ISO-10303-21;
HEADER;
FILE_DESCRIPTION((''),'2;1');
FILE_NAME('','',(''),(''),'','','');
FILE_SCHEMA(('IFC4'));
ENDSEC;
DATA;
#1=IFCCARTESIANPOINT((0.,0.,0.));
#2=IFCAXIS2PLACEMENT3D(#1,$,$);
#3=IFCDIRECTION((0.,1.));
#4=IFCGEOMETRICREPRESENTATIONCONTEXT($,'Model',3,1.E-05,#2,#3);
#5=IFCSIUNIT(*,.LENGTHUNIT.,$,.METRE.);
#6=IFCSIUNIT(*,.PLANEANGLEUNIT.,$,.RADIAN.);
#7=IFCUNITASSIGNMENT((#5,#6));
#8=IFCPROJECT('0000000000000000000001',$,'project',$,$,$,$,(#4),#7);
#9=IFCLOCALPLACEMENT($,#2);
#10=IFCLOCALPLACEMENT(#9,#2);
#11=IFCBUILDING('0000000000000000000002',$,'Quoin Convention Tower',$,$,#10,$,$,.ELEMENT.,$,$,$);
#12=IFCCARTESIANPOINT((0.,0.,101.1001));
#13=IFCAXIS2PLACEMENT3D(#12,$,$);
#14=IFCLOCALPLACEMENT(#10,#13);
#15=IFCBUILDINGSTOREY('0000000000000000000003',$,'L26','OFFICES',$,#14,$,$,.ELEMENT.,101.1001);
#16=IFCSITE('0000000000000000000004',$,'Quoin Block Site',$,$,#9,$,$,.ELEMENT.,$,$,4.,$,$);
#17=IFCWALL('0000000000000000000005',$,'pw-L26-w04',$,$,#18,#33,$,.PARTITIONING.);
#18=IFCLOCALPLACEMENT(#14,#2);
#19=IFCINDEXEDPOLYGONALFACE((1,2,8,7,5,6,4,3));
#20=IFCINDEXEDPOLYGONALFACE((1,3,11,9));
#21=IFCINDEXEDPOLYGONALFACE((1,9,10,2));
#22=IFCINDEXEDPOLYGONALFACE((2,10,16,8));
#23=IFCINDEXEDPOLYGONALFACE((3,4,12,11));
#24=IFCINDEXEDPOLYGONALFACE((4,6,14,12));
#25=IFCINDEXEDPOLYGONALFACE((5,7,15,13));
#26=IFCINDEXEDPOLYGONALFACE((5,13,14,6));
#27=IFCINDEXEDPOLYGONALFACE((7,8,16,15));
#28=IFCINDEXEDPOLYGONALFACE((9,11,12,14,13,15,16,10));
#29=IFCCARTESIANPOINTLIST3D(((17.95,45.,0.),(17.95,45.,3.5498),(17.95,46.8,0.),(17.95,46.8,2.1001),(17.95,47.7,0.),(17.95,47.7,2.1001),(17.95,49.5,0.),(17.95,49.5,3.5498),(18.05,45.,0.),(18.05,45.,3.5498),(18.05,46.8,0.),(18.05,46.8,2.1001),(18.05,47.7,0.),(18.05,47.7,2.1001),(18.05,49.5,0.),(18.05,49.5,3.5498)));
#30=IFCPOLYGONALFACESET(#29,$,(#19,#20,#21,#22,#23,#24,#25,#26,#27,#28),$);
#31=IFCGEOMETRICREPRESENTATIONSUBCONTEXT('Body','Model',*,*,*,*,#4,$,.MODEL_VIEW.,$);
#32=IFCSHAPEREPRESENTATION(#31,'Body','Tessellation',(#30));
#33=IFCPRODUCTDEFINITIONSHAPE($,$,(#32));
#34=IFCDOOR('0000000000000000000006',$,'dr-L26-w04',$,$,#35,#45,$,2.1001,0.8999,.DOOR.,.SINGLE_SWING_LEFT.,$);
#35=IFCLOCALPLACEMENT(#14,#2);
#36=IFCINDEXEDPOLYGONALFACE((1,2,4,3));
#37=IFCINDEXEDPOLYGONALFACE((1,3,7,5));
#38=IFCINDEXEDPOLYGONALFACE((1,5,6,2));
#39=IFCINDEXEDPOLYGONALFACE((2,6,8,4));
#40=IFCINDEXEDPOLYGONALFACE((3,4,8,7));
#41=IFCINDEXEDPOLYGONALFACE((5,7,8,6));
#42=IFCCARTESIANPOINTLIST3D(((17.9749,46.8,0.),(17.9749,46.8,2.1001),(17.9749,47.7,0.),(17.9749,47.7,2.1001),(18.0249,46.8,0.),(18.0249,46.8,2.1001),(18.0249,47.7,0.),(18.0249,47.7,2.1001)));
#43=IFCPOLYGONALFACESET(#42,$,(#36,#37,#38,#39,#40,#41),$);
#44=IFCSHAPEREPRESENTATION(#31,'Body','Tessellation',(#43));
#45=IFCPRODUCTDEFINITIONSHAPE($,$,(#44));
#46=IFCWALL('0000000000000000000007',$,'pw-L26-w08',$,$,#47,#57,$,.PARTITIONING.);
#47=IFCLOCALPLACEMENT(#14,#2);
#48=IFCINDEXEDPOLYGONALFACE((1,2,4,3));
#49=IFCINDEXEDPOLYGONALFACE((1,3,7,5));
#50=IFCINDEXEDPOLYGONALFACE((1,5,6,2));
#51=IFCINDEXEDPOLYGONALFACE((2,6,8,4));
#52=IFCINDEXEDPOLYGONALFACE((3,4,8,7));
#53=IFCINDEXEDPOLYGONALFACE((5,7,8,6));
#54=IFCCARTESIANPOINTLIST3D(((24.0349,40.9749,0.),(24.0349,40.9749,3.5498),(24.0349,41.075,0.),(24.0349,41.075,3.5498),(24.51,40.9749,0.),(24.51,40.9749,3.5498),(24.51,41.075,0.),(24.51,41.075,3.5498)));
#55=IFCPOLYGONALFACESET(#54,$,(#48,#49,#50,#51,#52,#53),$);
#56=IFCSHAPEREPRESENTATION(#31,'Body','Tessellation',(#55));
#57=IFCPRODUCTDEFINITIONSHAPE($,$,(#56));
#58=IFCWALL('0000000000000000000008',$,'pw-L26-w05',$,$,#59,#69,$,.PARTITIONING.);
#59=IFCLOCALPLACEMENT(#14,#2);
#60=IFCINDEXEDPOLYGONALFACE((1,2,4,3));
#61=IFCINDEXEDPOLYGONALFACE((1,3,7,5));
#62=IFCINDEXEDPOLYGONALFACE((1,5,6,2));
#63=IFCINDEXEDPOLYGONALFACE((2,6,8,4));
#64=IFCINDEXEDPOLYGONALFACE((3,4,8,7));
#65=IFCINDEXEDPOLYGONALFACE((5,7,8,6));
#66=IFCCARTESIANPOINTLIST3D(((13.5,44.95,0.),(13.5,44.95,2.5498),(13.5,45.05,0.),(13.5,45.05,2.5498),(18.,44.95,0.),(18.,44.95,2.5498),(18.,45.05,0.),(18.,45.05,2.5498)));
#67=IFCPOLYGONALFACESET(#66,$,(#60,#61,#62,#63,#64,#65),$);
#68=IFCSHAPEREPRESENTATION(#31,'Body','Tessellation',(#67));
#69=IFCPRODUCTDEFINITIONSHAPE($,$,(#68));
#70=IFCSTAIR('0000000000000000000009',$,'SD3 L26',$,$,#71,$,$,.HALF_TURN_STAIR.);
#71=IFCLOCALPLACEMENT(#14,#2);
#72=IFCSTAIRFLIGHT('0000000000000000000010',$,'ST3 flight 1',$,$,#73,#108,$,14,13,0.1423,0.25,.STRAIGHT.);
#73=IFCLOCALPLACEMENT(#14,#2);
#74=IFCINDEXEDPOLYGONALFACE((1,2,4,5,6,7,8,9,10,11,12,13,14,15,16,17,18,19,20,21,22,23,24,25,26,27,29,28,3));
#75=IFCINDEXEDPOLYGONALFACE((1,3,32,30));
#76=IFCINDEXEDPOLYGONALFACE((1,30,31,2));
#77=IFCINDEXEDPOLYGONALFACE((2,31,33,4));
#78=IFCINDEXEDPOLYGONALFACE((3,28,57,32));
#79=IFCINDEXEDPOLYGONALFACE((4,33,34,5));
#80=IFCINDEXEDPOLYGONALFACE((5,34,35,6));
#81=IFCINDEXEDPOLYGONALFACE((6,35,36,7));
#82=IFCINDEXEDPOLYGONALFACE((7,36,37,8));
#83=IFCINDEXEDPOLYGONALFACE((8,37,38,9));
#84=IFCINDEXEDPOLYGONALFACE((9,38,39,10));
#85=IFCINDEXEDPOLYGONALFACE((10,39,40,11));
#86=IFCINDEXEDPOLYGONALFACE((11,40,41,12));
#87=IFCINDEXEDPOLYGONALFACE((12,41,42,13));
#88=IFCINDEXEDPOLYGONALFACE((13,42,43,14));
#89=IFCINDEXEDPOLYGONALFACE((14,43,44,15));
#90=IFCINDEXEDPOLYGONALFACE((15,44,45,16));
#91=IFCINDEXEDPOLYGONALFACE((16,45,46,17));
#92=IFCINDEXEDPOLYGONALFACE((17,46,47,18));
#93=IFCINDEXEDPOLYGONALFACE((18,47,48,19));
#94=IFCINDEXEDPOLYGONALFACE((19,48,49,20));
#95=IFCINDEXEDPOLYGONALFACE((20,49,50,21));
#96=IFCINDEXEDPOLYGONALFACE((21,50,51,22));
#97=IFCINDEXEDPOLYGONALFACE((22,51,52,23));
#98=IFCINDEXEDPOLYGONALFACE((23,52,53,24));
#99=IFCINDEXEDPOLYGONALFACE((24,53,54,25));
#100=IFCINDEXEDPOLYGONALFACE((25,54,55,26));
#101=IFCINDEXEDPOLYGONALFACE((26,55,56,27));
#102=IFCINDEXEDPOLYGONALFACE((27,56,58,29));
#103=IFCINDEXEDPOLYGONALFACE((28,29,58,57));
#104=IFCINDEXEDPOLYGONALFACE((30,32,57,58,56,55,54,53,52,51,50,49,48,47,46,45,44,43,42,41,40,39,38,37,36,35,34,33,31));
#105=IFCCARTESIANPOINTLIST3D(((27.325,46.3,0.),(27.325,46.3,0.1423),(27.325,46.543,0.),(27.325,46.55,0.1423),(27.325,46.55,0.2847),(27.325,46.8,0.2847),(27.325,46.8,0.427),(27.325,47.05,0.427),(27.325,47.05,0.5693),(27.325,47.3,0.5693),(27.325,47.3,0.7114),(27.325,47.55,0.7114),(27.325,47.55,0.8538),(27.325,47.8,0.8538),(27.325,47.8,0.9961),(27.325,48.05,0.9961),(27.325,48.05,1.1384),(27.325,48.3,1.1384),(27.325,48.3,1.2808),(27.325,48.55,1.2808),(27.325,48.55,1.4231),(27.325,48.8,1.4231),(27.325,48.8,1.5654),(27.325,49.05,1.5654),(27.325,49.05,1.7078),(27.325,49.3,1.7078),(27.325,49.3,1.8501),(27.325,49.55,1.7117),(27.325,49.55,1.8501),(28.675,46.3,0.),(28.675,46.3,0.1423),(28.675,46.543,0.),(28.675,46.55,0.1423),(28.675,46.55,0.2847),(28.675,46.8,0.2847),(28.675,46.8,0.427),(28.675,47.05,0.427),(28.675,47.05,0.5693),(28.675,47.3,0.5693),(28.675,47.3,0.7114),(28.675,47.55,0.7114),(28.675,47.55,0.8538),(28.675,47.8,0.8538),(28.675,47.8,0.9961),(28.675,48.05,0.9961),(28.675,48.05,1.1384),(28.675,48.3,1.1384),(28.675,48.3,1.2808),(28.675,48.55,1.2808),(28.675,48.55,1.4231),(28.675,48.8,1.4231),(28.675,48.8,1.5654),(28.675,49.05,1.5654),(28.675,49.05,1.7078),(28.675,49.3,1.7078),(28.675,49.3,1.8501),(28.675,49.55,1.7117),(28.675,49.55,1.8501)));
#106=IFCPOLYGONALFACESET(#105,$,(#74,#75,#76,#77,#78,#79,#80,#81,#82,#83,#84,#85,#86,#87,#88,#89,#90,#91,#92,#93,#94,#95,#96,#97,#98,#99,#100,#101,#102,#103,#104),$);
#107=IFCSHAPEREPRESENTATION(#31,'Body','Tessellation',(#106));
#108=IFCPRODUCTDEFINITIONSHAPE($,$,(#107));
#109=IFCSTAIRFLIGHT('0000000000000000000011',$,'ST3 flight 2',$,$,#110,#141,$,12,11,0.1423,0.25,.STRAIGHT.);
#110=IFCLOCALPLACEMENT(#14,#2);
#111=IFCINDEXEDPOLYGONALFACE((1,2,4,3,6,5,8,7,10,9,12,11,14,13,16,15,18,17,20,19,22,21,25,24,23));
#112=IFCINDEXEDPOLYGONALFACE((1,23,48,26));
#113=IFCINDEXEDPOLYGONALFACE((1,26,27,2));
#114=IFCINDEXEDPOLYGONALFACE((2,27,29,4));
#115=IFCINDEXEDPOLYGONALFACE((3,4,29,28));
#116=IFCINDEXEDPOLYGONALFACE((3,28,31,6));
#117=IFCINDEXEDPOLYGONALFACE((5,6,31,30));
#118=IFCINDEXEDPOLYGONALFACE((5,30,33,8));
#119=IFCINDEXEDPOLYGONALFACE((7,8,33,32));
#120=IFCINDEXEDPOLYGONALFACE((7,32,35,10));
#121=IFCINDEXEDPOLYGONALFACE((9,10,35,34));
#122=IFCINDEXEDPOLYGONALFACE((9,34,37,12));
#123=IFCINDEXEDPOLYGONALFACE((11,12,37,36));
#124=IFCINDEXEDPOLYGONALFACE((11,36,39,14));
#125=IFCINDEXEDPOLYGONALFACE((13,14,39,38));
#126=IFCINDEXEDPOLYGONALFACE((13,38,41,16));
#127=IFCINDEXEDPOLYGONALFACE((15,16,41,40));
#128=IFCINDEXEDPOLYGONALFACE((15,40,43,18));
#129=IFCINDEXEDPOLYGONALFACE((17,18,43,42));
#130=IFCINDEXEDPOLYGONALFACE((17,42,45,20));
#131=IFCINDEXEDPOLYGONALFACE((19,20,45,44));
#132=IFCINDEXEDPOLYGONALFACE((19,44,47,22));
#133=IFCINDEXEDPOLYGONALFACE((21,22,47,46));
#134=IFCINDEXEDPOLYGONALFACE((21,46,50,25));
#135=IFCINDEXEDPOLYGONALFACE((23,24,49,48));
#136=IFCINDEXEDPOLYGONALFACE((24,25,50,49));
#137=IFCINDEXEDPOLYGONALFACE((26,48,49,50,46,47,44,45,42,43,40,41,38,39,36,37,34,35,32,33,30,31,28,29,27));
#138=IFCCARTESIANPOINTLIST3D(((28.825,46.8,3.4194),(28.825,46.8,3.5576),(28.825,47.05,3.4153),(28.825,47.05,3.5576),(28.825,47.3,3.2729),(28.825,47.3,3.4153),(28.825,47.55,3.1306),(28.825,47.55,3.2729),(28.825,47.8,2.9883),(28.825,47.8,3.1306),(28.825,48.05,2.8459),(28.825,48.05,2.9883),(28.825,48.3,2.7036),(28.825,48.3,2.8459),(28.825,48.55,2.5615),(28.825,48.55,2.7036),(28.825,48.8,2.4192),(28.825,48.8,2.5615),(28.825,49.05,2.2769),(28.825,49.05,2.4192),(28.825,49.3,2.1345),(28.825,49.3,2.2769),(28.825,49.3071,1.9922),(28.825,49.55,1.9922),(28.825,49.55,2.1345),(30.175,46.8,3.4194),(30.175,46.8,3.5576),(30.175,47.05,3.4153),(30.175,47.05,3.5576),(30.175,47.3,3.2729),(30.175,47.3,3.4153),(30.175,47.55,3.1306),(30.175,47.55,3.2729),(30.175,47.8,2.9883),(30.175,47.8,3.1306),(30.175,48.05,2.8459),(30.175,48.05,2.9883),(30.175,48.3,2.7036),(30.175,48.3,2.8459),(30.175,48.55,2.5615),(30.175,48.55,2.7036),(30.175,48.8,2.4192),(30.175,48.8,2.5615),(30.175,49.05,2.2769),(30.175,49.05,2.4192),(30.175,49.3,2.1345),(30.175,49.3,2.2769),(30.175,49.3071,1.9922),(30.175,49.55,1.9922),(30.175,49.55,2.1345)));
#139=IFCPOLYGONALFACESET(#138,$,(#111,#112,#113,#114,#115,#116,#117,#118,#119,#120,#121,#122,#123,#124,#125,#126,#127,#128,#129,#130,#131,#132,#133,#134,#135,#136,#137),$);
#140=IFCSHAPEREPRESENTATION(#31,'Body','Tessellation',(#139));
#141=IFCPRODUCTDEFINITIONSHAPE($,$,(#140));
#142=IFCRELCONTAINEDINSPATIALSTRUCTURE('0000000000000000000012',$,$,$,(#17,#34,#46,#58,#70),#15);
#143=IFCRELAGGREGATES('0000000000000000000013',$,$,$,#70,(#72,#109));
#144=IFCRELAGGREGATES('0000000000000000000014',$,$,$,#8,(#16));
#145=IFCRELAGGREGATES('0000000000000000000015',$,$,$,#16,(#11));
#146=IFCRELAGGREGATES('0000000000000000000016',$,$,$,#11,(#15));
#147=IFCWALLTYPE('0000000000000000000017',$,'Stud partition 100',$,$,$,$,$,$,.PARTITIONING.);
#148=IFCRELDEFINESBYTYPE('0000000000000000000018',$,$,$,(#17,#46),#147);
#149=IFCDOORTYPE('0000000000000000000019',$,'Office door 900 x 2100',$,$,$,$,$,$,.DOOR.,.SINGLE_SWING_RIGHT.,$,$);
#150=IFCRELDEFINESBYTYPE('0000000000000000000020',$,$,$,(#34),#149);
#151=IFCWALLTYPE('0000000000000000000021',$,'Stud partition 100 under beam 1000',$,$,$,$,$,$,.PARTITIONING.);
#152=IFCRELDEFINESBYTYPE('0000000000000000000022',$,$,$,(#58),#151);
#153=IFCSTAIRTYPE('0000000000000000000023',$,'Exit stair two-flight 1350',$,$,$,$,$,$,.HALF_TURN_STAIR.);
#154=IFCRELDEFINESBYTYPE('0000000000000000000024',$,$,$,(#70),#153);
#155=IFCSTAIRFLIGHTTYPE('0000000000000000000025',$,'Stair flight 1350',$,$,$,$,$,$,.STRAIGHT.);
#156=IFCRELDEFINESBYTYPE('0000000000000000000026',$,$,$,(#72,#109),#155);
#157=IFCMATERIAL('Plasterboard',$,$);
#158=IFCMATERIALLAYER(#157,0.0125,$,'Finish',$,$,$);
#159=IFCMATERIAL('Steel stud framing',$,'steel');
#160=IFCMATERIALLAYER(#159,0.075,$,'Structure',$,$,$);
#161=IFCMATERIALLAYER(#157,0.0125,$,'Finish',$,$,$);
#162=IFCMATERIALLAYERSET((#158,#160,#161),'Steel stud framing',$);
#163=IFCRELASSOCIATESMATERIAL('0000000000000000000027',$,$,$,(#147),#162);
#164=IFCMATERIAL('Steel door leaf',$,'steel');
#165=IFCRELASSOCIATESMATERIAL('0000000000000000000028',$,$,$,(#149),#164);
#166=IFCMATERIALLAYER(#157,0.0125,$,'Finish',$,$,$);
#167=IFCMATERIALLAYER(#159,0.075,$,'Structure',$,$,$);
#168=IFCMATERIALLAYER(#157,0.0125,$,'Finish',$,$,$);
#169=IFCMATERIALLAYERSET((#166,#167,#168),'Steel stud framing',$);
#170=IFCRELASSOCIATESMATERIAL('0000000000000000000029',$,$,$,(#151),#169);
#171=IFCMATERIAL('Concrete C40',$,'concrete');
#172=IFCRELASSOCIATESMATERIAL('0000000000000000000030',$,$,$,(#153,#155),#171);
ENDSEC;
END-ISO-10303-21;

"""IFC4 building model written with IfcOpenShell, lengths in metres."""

from ifc_helpers import new_model, si_unit, direction, frame, frame_2d, origin, place, context, subcontext, project, spatial, polyline, rectangle, outline, extrude, material, layer, layer_set, type_object, element, fill, aggregate, save


model = new_model("IFC4")

# Units and contexts
model_context = context("Model", 3, precision=1e-05, world=origin(), true_north=direction((0.0, 1.0)))
body_context = subcontext(model_context, "Body", "Model", "MODEL_VIEW")
ifc_project = project(units=[si_unit("LENGTHUNIT", "METRE"), si_unit("PLANEANGLEUNIT", "RADIAN")], contexts=[model_context])

# Site, building, storey
site_placement = place(None, origin())
site = spatial("IfcSite", under=ifc_project, at=site_placement, Name="Quoin Block Site", CompositionType="ELEMENT", RefElevation=4.0)
building_placement = place(site_placement, origin())
building = spatial("IfcBuilding", under=site, at=building_placement, Name="Quoin Convention Tower", CompositionType="ELEMENT")
storey_placement = place(building_placement, frame((0.0, 0.0, 101.1001)))
storey = spatial("IfcBuildingStorey", under=building, at=storey_placement, Name="L26", Description="OFFICES", CompositionType="ELEMENT", Elevation=101.1001)

# Shared definitions
ifc_material_1 = material(Name="Steel door leaf", Category="steel")

# Wall, opening, door
ifc_material_2 = material(Name="Plasterboard")
ifc_layer_1 = layer(ifc_material_2, 0.0125, Name="Finish")
ifc_material_3 = material(Name="Steel stud framing", Category="steel")
ifc_layer_2 = layer(ifc_material_3, 0.075, Name="Structure")
ifc_layer_3 = layer(ifc_material_2, 0.0125, Name="Finish")
ifc_layer_set_1 = layer_set([ifc_layer_1, ifc_layer_2, ifc_layer_3], Name="Steel stud framing")
wall_type_1 = type_object("IfcWallType", Name="Stud partition 100", PredefinedType="PARTITIONING", material=ifc_layer_set_1)
wall_1_placement = place(storey_placement, frame((18.0, 49.5, 0.0), z_axis=(0.0, 0.0, 1.0), x_axis=(0.0, -1.0, 0.0)))
wall_1 = element("IfcWall", 1, at=wall_1_placement, inside=storey, type_object=wall_type_1, Name="pw-L26-w04", PredefinedType="PARTITIONING", context=body_context, shape_type="SweptSolid", body=[
    extrude(rectangle(XDim=4.5, YDim=0.1001, at=frame_2d((2.25, 0.0))), origin(), (0.0, 0.0, 1.0), 3.5498),
])
opening_1_placement = place(wall_1_placement, frame((1.8, 0.0, 0.0)))
opening_1 = element("IfcOpeningElement", 2, at=opening_1_placement, cuts=wall_1, PredefinedType="OPENING", context=body_context, shape_type="SweptSolid", body=[
    extrude(rectangle(XDim=0.8999, YDim=2.1001, at=frame_2d((0.45, 1.05))), frame((0.0, 0.0601, 0.0), z_axis=(0.0, -1.0, 0.0), x_axis=(1.0, 0.0, 0.0)), (0.0, 0.0, 1.0), 0.1201),
])
door_type_1 = type_object("IfcDoorType", Name="Office door 900 x 2100", OperationType="SINGLE_SWING_RIGHT", PredefinedType="DOOR", material=ifc_material_1)
door_1_placement = place(opening_1_placement, origin())
door_1 = element("IfcDoor", 3, at=door_1_placement, inside=storey, type_object=door_type_1, Name="dr-L26-w04", OperationType="SINGLE_SWING_LEFT", OverallHeight=2.1001, OverallWidth=0.8999, PredefinedType="DOOR", context=body_context, shape_type="SweptSolid", body=[
    extrude(rectangle(XDim=0.8999, YDim=2.1001, at=frame_2d((0.45, 1.05))), frame((0.0, 0.0249, 0.0), z_axis=(0.0, -1.0, 0.0), x_axis=(1.0, 0.0, 0.0)), (0.0, 0.0, 1.0), 0.05),
])
fill(opening_1, door_1)

# Walls
wall_2_placement = place(storey_placement, frame((24.51, 41.0249, 0.0), z_axis=(0.0, 0.0, 1.0), x_axis=(-1.0, 0.0, 0.0)))
element("IfcWall", 4, at=wall_2_placement, inside=storey, type_object=wall_type_1, Name="pw-L26-w08", PredefinedType="PARTITIONING", context=body_context, shape_type="SweptSolid", body=[
    extrude(rectangle(XDim=0.4751, YDim=0.1001, at=frame_2d((0.2375, 0.0))), origin(), (0.0, 0.0, 1.0), 3.5498),
])
ifc_layer_4 = layer(ifc_material_2, 0.0125, Name="Finish")
ifc_layer_5 = layer(ifc_material_3, 0.075, Name="Structure")
ifc_layer_6 = layer(ifc_material_2, 0.0125, Name="Finish")
ifc_layer_set_2 = layer_set([ifc_layer_4, ifc_layer_5, ifc_layer_6], Name="Steel stud framing")
wall_type_2 = type_object("IfcWallType", Name="Stud partition 100 under beam 1000", PredefinedType="PARTITIONING", material=ifc_layer_set_2)
wall_3_placement = place(storey_placement, frame((18.0, 45.0, 0.0), z_axis=(0.0, 0.0, 1.0), x_axis=(-1.0, 0.0, 0.0)))
element("IfcWall", 5, at=wall_3_placement, inside=storey, type_object=wall_type_2, Name="pw-L26-w05", PredefinedType="PARTITIONING", context=body_context, shape_type="SweptSolid", body=[
    extrude(rectangle(XDim=4.5, YDim=0.1001, at=frame_2d((2.25, 0.0))), origin(), (0.0, 0.0, 1.0), 2.5498),
])

# Stair, stair flights
ifc_material_4 = material(Name="Concrete C40", Category="concrete")
stair_type = type_object("IfcStairType", Name="Exit stair two-flight 1350", PredefinedType="HALF_TURN_STAIR", material=ifc_material_4)
stair_placement = place(storey_placement, origin())
stair = element("IfcStair", 6, at=stair_placement, inside=storey, type_object=stair_type, Name="SD3 L26", PredefinedType="HALF_TURN_STAIR")
stair_flight_type = type_object("IfcStairFlightType", Name="Stair flight 1350", PredefinedType="STRAIGHT", material=ifc_material_4)
stair_flight_1_placement = place(storey_placement, frame((28.0, 46.3, 0.0), z_axis=(0.0, 0.0, 1.0), x_axis=(0.0, 1.0, 0.0)))
stair_flight_1 = element("IfcStairFlight", 7, at=stair_flight_1_placement, type_object=stair_flight_type, Name="ST3 flight 1", NumberOfRisers=14, NumberOfTreads=13, PredefinedType="STRAIGHT", RiserHeight=0.1423, TreadLength=0.25, context=body_context, shape_type="SweptSolid", body=[
    extrude(outline(polyline([(0.0, 0.0), (0.0, 0.1423), (0.25, 0.1423), (0.25, 0.2847), (0.5, 0.2847), (0.5, 0.427), (0.75, 0.427), (0.75, 0.5693), (1.0, 0.5693), (1.0, 0.7114), (1.25, 0.7114), (1.25, 0.8538), (1.5, 0.8538), (1.5, 0.9961), (1.75, 0.9961), (1.75, 1.1384), (2.0, 1.1384), (2.0, 1.2808), (2.25, 1.2808), (2.25, 1.4231), (2.5, 1.4231), (2.5, 1.5654), (2.75, 1.5654), (2.75, 1.7078), (3.0, 1.7078), (3.0, 1.8501), (3.25, 1.8501), (3.25, 1.9922), (3.25, 1.7117), (0.2429, 0.0), (0.0, 0.0)])), frame((0.0, 0.675, 0.0), z_axis=(0.0, -1.0, 0.0), x_axis=(1.0, 0.0, 0.0)), (0.0, 0.0, 1.0), 1.3501),
])
stair_flight_2_placement = place(storey_placement, frame((29.5, 49.55, 1.9922), z_axis=(0.0, 0.0, 1.0), x_axis=(0.0, -1.0, 0.0)))
stair_flight_2 = element("IfcStairFlight", 8, at=stair_flight_2_placement, type_object=stair_flight_type, Name="ST3 flight 2", NumberOfRisers=12, NumberOfTreads=11, PredefinedType="STRAIGHT", RiserHeight=0.1423, TreadLength=0.25, context=body_context, shape_type="SweptSolid", body=[
    extrude(outline(polyline([(0.0, 0.0), (0.0, 0.1423), (0.25, 0.1423), (0.25, 0.2847), (0.5, 0.2847), (0.5, 0.427), (0.75, 0.427), (0.75, 0.5693), (1.0, 0.5693), (1.0, 0.7114), (1.25, 0.7114), (1.25, 0.8538), (1.5, 0.8538), (1.5, 0.9961), (1.75, 0.9961), (1.75, 1.1384), (2.0, 1.1384), (2.0, 1.2808), (2.25, 1.2808), (2.25, 1.4231), (2.5, 1.4231), (2.5, 1.5654), (2.75, 1.5654), (2.75, 1.7078), (2.75, 1.4272), (0.2429, 0.0), (0.0, 0.0)])), frame((0.0, 0.675, 0.0), z_axis=(0.0, -1.0, 0.0), x_axis=(1.0, 0.0, 0.0)), (0.0, 0.0, 1.0), 1.3501),
])
aggregate(stair, [stair_flight_1, stair_flight_2])

save(model, "model.ifc")
